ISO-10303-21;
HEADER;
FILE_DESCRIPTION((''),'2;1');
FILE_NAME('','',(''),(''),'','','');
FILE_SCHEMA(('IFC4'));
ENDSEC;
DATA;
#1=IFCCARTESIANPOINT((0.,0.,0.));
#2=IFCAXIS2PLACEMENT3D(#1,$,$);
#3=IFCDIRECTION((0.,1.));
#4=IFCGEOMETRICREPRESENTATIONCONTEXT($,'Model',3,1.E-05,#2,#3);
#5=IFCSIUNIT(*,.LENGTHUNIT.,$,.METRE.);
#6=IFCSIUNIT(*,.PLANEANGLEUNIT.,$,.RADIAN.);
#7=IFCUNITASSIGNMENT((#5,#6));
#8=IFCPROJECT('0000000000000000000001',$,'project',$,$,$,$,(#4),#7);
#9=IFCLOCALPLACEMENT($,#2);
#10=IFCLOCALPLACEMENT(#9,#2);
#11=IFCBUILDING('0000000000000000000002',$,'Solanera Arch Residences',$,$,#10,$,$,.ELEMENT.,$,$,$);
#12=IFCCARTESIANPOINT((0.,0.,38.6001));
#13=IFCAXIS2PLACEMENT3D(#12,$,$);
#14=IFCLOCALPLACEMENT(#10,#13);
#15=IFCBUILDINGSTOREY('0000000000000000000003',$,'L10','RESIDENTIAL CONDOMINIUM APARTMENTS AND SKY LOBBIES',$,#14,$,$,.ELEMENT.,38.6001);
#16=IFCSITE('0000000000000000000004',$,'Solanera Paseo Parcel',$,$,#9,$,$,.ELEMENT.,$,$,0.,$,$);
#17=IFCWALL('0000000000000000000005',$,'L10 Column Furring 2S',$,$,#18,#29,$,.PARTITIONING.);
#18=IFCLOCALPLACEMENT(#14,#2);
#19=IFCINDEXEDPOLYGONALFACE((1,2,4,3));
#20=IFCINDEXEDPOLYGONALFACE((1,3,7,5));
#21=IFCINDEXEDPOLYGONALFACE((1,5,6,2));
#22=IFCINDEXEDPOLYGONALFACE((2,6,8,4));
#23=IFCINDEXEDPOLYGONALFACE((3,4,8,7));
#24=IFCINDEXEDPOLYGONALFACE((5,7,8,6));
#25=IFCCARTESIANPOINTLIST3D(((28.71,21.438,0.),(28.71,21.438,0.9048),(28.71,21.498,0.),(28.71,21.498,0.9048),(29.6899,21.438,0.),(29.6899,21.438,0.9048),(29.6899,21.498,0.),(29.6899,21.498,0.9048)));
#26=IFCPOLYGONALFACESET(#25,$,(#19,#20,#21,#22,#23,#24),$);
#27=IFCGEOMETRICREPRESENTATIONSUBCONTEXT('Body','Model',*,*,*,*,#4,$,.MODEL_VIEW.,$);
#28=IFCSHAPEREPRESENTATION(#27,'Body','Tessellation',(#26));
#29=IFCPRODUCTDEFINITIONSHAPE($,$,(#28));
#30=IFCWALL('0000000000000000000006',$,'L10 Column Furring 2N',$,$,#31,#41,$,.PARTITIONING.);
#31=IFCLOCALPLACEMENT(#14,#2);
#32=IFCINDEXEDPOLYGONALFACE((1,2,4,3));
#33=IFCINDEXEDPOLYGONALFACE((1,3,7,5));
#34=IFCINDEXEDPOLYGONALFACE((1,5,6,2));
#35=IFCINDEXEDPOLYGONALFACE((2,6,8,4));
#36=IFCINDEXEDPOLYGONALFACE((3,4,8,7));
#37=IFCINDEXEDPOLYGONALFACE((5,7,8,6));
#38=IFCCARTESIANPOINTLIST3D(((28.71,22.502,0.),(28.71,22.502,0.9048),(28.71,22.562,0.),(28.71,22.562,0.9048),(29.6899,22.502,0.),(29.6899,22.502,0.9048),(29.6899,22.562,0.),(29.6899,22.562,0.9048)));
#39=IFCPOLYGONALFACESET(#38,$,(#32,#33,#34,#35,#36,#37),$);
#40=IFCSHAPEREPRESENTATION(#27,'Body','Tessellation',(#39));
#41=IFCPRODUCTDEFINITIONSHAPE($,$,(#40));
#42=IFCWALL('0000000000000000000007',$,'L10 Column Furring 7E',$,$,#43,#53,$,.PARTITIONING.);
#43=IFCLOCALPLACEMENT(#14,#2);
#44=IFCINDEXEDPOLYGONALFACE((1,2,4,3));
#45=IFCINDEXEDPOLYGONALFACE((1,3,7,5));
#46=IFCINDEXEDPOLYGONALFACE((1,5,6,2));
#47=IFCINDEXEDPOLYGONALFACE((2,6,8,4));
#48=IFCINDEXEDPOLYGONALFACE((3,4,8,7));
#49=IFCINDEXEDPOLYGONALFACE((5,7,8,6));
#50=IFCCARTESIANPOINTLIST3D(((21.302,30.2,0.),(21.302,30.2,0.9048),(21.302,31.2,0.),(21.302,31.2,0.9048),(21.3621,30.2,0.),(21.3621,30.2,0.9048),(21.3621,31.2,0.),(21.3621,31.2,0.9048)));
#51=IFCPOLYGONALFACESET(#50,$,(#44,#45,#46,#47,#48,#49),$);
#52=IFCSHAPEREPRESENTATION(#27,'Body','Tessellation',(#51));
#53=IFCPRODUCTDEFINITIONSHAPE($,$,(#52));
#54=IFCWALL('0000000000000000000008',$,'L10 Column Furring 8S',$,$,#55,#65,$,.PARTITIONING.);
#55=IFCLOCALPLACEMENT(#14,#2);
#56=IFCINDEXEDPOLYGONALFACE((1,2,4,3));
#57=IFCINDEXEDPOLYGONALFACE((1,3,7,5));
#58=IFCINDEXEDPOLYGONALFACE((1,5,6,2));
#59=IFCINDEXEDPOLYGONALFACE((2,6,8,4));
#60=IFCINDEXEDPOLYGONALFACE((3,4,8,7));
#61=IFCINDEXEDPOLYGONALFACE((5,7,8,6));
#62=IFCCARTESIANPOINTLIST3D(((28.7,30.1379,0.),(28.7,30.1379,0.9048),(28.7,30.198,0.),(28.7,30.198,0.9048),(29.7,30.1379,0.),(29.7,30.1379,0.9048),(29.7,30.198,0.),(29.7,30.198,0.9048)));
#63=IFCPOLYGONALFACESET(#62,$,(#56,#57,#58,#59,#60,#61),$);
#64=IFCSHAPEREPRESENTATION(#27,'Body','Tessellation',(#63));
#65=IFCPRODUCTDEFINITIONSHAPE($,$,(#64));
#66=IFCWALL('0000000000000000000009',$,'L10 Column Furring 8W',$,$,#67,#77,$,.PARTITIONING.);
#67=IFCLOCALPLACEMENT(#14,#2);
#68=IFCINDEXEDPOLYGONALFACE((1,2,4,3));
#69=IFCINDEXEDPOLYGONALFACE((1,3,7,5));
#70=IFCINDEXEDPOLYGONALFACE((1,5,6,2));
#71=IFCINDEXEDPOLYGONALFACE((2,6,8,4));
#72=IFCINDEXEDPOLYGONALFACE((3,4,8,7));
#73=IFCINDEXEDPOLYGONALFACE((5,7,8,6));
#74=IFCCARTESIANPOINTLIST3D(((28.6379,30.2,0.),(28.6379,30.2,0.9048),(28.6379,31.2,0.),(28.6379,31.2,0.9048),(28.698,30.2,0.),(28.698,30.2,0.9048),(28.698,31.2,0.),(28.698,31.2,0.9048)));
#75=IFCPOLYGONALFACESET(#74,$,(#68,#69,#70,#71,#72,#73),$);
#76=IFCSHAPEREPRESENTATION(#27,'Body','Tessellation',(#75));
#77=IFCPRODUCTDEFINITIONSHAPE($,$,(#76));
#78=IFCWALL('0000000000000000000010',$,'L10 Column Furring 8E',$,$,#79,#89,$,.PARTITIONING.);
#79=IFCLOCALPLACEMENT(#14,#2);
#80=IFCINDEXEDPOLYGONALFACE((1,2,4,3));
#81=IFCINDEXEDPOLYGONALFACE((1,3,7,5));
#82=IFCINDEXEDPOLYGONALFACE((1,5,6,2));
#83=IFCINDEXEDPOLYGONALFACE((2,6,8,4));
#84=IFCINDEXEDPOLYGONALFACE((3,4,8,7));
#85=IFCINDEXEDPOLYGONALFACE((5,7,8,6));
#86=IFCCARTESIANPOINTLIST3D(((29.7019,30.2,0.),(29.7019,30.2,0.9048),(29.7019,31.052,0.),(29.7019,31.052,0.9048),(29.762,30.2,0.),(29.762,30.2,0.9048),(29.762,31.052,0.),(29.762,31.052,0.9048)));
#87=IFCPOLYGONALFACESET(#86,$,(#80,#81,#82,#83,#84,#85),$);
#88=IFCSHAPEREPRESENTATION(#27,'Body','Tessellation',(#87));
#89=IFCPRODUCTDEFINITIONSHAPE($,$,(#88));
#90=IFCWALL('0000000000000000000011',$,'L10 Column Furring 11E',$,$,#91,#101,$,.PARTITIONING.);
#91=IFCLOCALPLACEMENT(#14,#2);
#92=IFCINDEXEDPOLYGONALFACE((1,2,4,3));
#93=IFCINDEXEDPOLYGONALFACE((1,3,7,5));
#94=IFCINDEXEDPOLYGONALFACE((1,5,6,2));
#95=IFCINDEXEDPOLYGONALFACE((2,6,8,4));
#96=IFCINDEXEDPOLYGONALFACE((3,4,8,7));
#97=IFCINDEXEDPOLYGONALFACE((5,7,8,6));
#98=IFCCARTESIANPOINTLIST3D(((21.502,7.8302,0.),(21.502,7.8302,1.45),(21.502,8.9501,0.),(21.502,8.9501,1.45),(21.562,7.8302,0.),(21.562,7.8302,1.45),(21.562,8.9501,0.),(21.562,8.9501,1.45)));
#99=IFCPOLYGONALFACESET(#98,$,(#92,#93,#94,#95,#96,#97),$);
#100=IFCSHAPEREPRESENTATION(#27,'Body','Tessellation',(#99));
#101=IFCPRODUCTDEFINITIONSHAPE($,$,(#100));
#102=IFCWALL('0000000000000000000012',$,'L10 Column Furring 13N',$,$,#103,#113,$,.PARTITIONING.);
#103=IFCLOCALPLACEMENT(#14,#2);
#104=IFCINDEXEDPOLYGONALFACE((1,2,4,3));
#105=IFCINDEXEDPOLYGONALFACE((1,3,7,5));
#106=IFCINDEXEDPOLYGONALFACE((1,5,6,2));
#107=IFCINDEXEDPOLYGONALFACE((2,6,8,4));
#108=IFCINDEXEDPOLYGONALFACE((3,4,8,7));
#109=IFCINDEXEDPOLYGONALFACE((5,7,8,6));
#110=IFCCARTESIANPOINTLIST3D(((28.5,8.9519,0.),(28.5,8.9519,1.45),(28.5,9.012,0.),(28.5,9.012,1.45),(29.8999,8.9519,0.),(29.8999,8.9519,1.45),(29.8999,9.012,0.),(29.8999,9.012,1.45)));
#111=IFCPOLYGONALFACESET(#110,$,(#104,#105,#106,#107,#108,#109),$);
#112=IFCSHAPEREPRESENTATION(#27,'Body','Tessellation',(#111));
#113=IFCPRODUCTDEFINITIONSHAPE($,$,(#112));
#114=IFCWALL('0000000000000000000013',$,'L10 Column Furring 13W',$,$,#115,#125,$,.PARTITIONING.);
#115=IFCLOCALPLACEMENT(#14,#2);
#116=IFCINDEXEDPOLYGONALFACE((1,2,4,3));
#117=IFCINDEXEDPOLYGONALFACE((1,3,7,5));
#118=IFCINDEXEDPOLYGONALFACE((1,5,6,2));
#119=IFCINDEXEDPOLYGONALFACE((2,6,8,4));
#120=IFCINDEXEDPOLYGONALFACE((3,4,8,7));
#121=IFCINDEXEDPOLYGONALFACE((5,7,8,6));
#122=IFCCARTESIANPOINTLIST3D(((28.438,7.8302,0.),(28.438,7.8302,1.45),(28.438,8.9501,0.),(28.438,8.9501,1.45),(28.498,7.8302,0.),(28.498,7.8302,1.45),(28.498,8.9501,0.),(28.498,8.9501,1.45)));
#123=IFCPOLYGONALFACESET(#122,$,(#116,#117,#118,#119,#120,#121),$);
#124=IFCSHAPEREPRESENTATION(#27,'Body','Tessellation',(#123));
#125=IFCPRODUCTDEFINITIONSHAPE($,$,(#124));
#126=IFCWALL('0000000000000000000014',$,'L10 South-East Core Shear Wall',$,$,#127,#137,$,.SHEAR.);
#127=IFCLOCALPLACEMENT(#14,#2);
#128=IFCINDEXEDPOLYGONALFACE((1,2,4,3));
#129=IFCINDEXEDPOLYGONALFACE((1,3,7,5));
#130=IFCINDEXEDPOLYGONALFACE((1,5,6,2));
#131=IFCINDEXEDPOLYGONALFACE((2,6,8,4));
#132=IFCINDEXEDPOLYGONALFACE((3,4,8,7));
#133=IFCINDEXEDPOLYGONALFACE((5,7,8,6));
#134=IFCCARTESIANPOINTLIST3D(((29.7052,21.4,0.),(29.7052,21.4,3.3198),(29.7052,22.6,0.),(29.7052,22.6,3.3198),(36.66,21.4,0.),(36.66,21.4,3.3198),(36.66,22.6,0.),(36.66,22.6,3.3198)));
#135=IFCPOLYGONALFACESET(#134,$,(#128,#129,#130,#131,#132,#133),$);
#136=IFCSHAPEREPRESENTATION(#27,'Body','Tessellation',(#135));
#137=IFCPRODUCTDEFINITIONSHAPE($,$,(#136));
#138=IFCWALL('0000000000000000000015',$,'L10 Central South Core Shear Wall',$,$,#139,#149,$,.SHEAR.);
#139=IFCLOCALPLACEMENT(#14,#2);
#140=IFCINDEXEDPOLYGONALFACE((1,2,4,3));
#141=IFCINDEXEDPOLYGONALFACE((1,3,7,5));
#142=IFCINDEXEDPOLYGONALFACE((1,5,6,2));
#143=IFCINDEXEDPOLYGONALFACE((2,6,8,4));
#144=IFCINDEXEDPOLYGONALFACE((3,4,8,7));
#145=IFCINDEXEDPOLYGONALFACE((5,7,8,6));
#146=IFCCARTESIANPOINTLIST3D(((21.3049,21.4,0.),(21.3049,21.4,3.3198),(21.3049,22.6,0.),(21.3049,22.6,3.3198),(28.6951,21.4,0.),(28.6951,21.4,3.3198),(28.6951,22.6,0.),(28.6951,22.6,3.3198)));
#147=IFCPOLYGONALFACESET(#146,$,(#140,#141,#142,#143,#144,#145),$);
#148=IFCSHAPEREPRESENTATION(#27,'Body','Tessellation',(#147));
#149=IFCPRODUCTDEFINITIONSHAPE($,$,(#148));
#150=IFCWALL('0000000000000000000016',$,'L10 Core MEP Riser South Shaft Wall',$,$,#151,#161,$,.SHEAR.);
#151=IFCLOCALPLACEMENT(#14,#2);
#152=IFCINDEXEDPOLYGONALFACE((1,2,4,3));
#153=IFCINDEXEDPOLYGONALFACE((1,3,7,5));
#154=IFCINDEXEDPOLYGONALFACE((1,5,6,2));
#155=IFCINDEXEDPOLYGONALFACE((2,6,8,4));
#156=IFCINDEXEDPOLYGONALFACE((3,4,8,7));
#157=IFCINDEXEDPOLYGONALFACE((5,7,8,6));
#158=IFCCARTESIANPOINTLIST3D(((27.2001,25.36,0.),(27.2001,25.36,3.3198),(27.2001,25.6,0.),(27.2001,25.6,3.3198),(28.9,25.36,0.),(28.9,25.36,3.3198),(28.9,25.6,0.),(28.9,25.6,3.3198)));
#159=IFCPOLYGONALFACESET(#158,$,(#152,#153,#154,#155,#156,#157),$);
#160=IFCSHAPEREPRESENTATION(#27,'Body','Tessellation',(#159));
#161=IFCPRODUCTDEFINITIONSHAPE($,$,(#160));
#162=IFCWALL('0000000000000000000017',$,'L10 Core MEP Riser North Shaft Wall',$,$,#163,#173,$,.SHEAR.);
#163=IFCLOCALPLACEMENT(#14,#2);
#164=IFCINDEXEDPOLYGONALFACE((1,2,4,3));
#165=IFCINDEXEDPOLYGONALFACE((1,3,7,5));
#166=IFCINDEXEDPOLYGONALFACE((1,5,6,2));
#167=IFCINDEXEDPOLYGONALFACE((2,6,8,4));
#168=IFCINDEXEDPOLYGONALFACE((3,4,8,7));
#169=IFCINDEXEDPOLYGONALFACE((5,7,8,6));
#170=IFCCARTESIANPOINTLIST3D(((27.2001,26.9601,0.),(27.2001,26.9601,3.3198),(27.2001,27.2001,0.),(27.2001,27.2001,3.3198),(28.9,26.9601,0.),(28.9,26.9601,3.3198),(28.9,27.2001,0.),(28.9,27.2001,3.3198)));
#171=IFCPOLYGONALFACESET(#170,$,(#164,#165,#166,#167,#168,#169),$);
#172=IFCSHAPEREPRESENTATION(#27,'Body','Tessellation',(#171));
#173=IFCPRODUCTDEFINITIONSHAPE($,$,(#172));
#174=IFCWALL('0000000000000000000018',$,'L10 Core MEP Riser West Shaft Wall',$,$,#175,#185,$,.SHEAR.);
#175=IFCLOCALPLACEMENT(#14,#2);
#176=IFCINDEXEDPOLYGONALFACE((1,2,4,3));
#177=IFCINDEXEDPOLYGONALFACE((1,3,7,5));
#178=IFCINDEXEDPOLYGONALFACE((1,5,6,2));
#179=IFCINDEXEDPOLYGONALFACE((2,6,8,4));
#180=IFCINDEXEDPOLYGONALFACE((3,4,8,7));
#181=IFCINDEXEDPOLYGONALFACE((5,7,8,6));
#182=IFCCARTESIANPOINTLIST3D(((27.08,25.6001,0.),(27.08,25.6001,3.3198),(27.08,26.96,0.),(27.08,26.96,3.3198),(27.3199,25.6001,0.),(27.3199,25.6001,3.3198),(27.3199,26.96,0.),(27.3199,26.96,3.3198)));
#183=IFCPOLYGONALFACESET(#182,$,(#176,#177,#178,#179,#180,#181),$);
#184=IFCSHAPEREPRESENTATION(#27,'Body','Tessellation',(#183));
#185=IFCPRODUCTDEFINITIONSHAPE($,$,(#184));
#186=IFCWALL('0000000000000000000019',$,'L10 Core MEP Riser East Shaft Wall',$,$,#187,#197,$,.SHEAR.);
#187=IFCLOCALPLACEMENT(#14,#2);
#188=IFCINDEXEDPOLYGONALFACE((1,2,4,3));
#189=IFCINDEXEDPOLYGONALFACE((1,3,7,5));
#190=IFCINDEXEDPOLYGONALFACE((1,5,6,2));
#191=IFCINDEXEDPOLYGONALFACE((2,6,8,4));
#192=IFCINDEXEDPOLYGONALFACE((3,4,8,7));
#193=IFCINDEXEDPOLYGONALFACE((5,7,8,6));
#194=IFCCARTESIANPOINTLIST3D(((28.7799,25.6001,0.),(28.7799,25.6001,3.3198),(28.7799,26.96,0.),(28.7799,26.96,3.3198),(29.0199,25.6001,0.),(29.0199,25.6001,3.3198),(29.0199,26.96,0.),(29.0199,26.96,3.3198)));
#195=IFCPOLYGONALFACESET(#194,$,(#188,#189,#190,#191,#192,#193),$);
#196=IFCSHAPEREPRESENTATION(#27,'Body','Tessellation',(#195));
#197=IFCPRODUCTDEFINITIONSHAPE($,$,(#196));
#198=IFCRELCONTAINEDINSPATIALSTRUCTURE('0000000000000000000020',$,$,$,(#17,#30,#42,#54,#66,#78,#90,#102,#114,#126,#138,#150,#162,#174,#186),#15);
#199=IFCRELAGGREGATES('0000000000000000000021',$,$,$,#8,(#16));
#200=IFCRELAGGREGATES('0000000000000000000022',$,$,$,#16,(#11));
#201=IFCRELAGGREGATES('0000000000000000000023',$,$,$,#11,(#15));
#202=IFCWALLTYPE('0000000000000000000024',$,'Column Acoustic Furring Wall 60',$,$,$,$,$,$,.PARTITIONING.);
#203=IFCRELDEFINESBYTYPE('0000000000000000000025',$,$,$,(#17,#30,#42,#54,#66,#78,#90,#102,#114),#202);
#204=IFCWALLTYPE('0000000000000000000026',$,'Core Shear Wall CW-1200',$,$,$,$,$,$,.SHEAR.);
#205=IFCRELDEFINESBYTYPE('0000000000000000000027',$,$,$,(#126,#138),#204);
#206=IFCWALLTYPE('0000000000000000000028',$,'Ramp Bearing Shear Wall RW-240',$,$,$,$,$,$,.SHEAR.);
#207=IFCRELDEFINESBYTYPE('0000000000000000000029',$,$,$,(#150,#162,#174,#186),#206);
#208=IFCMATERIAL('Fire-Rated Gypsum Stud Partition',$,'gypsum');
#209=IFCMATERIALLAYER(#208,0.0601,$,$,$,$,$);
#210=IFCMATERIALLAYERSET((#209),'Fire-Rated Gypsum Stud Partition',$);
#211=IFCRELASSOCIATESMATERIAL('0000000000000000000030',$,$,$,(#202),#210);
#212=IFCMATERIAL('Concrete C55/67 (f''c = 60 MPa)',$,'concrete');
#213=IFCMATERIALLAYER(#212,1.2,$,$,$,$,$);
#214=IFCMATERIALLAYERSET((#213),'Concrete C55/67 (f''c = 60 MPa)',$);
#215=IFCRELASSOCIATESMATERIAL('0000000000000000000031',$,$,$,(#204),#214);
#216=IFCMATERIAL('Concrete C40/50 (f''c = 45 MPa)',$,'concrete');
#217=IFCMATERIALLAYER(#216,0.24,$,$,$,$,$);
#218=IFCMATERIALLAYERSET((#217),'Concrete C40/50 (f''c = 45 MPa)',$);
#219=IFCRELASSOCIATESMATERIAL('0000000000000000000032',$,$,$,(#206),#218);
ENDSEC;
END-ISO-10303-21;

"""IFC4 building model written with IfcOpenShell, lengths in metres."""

from ifc_helpers import new_model, si_unit, direction, frame, frame_2d, origin, place, context, subcontext, project, spatial, rectangle, extrude, material, layer, layer_set, type_object, element, save


model = new_model("IFC4")

# Units and contexts
model_context = context("Model", 3, precision=1e-05, world=origin(), true_north=direction((0.0, 1.0)))
body_context = subcontext(model_context, "Body", "Model", "MODEL_VIEW")
ifc_project = project(units=[si_unit("LENGTHUNIT", "METRE"), si_unit("PLANEANGLEUNIT", "RADIAN")], contexts=[model_context])

# Site, building, storey
site_placement = place(None, origin())
site = spatial("IfcSite", under=ifc_project, at=site_placement, Name="Solanera Paseo Parcel", CompositionType="ELEMENT", RefElevation=0.0)
building_placement = place(site_placement, origin())
building = spatial("IfcBuilding", under=site, at=building_placement, Name="Solanera Arch Residences", CompositionType="ELEMENT")
storey_placement = place(building_placement, frame((0.0, 0.0, 38.6001)))
storey = spatial("IfcBuildingStorey", under=building, at=storey_placement, Name="L10", Description="RESIDENTIAL CONDOMINIUM APARTMENTS AND SKY LOBBIES", CompositionType="ELEMENT", Elevation=38.6001)

# Walls
ifc_material_1 = material(Name="Fire-Rated Gypsum Stud Partition", Category="gypsum")
ifc_layer_1 = layer(ifc_material_1, 0.0601)
ifc_layer_set_1 = layer_set([ifc_layer_1], Name="Fire-Rated Gypsum Stud Partition")
wall_type_1 = type_object("IfcWallType", Name="Column Acoustic Furring Wall 60", PredefinedType="PARTITIONING", material=ifc_layer_set_1)
for number, where, z_axis, x_axis, name in (
    (1, (28.71, 21.468, 0.0), (0.0, 0.0, 1.0), (1.0, 0.0, 0.0), "L10 Column Furring 2S"),
    (2, (28.71, 22.532, 0.0), (0.0, 0.0, 1.0), (1.0, 0.0, 0.0), "L10 Column Furring 2N"),
):
    element("IfcWall", number, at=place(storey_placement, frame(where, z_axis=z_axis, x_axis=x_axis)), inside=storey, type_object=wall_type_1, Name=name, PredefinedType="PARTITIONING", context=body_context, shape_type="SweptSolid", body=[
        extrude(rectangle(XDim=0.98, YDim=0.0601, at=frame_2d((0.49, 0.0))), origin(), (0.0, 0.0, 1.0), 0.9048),
    ])
for number, where, z_axis, x_axis, name in (
    (3, (21.332, 30.2, 0.0), (0.0, 0.0, 1.0), (0.0, 1.0, 0.0), "L10 Column Furring 7E"),
    (4, (28.7, 30.168, 0.0), (0.0, 0.0, 1.0), (1.0, 0.0, 0.0), "L10 Column Furring 8S"),
    (5, (28.668, 30.2, 0.0), (0.0, 0.0, 1.0), (0.0, 1.0, 0.0), "L10 Column Furring 8W"),
):
    element("IfcWall", number, at=place(storey_placement, frame(where, z_axis=z_axis, x_axis=x_axis)), inside=storey, type_object=wall_type_1, Name=name, PredefinedType="PARTITIONING", context=body_context, shape_type="SweptSolid", body=[
        extrude(rectangle(XDim=1.0, YDim=0.0601, at=frame_2d((0.5, 0.0))), origin(), (0.0, 0.0, 1.0), 0.9048),
    ])
wall_1_placement = place(storey_placement, frame((29.7319, 30.2, 0.0), z_axis=(0.0, 0.0, 1.0), x_axis=(0.0, 1.0, 0.0)))
element("IfcWall", 6, at=wall_1_placement, inside=storey, type_object=wall_type_1, Name="L10 Column Furring 8E", PredefinedType="PARTITIONING", context=body_context, shape_type="SweptSolid", body=[
    extrude(rectangle(XDim=0.8521, YDim=0.0601, at=frame_2d((0.426, 0.0))), origin(), (0.0, 0.0, 1.0), 0.9048),
])
wall_2_placement = place(storey_placement, frame((21.532, 7.8301, 0.0), z_axis=(0.0, 0.0, 1.0), x_axis=(0.0, 1.0, 0.0)))
element("IfcWall", 7, at=wall_2_placement, inside=storey, type_object=wall_type_1, Name="L10 Column Furring 11E", PredefinedType="PARTITIONING", context=body_context, shape_type="SweptSolid", body=[
    extrude(rectangle(XDim=1.1199, YDim=0.0601, at=frame_2d((0.5601, 0.0))), origin(), (0.0, 0.0, 1.0), 1.45),
])
wall_3_placement = place(storey_placement, frame((28.5, 8.9819, 0.0), z_axis=(0.0, 0.0, 1.0), x_axis=(1.0, 0.0, 0.0)))
element("IfcWall", 8, at=wall_3_placement, inside=storey, type_object=wall_type_1, Name="L10 Column Furring 13N", PredefinedType="PARTITIONING", context=body_context, shape_type="SweptSolid", body=[
    extrude(rectangle(XDim=1.3999, YDim=0.0601, at=frame_2d((0.7, 0.0))), origin(), (0.0, 0.0, 1.0), 1.45),
])
wall_4_placement = place(storey_placement, frame((28.468, 7.8301, 0.0), z_axis=(0.0, 0.0, 1.0), x_axis=(0.0, 1.0, 0.0)))
element("IfcWall", 9, at=wall_4_placement, inside=storey, type_object=wall_type_1, Name="L10 Column Furring 13W", PredefinedType="PARTITIONING", context=body_context, shape_type="SweptSolid", body=[
    extrude(rectangle(XDim=1.1199, YDim=0.0601, at=frame_2d((0.5601, 0.0))), origin(), (0.0, 0.0, 1.0), 1.45),
])
ifc_material_2 = material(Name="Concrete C55/67 (f'c = 60 MPa)", Category="concrete")
ifc_layer_2 = layer(ifc_material_2, 1.2)
ifc_layer_set_2 = layer_set([ifc_layer_2], Name="Concrete C55/67 (f'c = 60 MPa)")
wall_type_2 = type_object("IfcWallType", Name="Core Shear Wall CW-1200", PredefinedType="SHEAR", material=ifc_layer_set_2)
wall_5_placement = place(storey_placement, frame((29.7051, 22.0, 0.0), z_axis=(0.0, 0.0, 1.0), x_axis=(1.0, 0.0, 0.0)))
element("IfcWall", 10, at=wall_5_placement, inside=storey, type_object=wall_type_2, Name="L10 South-East Core Shear Wall", PredefinedType="SHEAR", context=body_context, shape_type="SweptSolid", body=[
    extrude(rectangle(XDim=6.9548, YDim=1.2, at=frame_2d((3.4775, 0.0))), origin(), (0.0, 0.0, 1.0), 3.3198),
])
wall_6_placement = place(storey_placement, frame((21.3049, 22.0, 0.0), z_axis=(0.0, 0.0, 1.0), x_axis=(1.0, 0.0, 0.0)))
element("IfcWall", 11, at=wall_6_placement, inside=storey, type_object=wall_type_2, Name="L10 Central South Core Shear Wall", PredefinedType="SHEAR", context=body_context, shape_type="SweptSolid", body=[
    extrude(rectangle(XDim=7.3901, YDim=1.2, at=frame_2d((3.6951, 0.0))), origin(), (0.0, 0.0, 1.0), 3.3198),
])
ifc_material_3 = material(Name="Concrete C40/50 (f'c = 45 MPa)", Category="concrete")
ifc_layer_3 = layer(ifc_material_3, 0.24)
ifc_layer_set_3 = layer_set([ifc_layer_3], Name="Concrete C40/50 (f'c = 45 MPa)")
wall_type_3 = type_object("IfcWallType", Name="Ramp Bearing Shear Wall RW-240", PredefinedType="SHEAR", material=ifc_layer_set_3)
for number, where, z_axis, x_axis, name in (
    (12, (27.2, 25.48, 0.0), (0.0, 0.0, 1.0), (1.0, 0.0, 0.0), "L10 Core MEP Riser South Shaft Wall"),
    (13, (27.2, 27.0801, 0.0), (0.0, 0.0, 1.0), (1.0, 0.0, 0.0), "L10 Core MEP Riser North Shaft Wall"),
):
    element("IfcWall", number, at=place(storey_placement, frame(where, z_axis=z_axis, x_axis=x_axis)), inside=storey, type_object=wall_type_3, Name=name, PredefinedType="SHEAR", context=body_context, shape_type="SweptSolid", body=[
        extrude(rectangle(XDim=1.7, YDim=0.24, at=frame_2d((0.8501, 0.0))), origin(), (0.0, 0.0, 1.0), 3.3198),
    ])
for number, where, z_axis, x_axis, name in (
    (14, (27.2, 25.6001, 0.0), (0.0, 0.0, 1.0), (0.0, 1.0, 0.0), "L10 Core MEP Riser West Shaft Wall"),
    (15, (28.8999, 25.6001, 0.0), (0.0, 0.0, 1.0), (0.0, 1.0, 0.0), "L10 Core MEP Riser East Shaft Wall"),
):
    element("IfcWall", number, at=place(storey_placement, frame(where, z_axis=z_axis, x_axis=x_axis)), inside=storey, type_object=wall_type_3, Name=name, PredefinedType="SHEAR", context=body_context, shape_type="SweptSolid", body=[
        extrude(rectangle(XDim=1.3599, YDim=0.24, at=frame_2d((0.6799, 0.0))), origin(), (0.0, 0.0, 1.0), 3.3198),
    ])

save(model, "model.ifc")
